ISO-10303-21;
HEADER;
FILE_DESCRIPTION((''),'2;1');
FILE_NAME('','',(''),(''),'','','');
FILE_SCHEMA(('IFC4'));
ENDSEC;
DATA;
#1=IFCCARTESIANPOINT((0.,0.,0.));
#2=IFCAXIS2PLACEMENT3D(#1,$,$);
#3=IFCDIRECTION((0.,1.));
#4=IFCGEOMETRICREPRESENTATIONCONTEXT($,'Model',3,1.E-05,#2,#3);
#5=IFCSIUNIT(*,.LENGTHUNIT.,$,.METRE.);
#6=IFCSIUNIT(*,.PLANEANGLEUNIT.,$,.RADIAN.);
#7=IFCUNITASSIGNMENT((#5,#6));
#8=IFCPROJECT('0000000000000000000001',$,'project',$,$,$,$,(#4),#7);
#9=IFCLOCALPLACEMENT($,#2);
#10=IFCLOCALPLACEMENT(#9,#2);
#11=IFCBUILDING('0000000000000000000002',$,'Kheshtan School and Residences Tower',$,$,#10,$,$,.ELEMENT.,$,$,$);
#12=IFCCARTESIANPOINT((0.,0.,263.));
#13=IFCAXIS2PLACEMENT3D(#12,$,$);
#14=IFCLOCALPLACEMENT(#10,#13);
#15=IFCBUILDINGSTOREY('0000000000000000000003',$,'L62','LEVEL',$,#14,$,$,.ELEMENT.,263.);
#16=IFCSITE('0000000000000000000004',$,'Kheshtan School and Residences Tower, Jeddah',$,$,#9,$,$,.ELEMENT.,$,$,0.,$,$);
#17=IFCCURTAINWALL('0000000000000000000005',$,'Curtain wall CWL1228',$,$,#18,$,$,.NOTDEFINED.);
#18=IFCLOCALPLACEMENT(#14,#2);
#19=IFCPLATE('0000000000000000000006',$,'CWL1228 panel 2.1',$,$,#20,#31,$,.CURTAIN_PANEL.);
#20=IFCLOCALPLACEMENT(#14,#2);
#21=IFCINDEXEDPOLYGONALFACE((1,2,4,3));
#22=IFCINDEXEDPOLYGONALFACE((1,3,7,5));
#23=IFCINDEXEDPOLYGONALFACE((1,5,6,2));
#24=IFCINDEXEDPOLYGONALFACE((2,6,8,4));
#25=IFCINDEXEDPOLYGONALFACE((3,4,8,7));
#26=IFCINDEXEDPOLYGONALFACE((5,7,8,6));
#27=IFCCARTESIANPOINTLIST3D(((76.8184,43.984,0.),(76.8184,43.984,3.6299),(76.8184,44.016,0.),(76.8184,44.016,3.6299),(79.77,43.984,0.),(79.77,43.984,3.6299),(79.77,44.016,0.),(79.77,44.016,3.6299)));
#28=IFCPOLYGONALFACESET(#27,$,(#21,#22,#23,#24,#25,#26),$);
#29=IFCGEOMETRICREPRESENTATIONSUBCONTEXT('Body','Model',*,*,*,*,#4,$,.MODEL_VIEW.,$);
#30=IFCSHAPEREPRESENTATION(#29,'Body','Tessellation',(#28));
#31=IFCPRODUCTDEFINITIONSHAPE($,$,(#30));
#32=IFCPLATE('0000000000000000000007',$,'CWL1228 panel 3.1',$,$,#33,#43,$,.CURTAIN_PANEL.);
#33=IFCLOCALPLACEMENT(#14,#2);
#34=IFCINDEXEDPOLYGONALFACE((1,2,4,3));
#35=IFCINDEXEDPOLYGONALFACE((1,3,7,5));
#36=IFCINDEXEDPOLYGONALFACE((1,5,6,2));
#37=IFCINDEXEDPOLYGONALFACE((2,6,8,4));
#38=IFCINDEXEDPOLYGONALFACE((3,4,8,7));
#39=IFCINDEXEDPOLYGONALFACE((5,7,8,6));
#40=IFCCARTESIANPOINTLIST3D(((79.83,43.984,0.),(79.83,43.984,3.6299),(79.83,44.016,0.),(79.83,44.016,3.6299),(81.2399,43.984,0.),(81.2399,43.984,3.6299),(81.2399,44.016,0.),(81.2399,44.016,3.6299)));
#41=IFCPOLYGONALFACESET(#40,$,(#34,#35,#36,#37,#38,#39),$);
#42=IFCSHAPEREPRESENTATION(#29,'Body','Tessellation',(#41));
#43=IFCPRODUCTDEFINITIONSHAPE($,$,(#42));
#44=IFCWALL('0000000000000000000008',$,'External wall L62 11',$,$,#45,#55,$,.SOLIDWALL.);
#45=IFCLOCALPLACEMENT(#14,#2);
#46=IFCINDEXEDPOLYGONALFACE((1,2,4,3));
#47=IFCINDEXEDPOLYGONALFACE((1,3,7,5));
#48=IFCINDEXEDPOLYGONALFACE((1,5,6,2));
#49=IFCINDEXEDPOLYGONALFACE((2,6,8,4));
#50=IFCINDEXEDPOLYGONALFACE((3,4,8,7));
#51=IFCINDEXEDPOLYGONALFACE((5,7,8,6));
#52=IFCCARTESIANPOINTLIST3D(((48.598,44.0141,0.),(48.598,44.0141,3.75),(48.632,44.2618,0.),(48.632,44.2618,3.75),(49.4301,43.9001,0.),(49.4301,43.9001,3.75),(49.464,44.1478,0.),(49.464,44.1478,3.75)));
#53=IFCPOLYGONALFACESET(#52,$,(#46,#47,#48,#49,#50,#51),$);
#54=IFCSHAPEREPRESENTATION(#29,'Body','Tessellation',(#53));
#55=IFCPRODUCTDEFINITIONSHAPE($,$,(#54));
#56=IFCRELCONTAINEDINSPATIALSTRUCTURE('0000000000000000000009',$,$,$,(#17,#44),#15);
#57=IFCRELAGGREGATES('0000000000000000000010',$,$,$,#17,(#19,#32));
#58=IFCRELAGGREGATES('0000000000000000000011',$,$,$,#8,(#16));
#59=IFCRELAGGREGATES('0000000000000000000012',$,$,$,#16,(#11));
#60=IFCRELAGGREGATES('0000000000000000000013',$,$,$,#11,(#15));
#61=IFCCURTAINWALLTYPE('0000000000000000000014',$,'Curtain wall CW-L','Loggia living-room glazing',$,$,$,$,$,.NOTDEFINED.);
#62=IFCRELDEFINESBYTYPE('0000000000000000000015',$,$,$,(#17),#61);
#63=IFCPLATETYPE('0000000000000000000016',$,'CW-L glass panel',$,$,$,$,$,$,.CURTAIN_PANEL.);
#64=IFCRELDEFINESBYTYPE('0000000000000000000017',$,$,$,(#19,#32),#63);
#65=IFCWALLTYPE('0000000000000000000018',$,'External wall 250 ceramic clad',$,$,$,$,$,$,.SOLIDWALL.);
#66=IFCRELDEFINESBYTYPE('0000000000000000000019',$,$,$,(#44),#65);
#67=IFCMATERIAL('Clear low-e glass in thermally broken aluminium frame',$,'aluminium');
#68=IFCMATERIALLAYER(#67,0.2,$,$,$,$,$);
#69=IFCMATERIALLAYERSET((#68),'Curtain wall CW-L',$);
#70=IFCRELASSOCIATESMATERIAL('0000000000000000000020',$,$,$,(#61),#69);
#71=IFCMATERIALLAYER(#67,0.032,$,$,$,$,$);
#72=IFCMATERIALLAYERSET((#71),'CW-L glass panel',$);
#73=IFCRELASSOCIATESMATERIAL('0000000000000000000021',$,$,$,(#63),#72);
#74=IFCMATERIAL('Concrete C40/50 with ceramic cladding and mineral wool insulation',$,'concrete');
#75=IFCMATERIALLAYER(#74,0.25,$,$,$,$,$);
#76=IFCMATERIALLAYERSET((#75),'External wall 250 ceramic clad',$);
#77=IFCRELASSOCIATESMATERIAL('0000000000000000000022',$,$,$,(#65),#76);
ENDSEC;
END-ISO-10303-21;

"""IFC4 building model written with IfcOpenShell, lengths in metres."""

from ifc_helpers import new_model, si_unit, direction, frame, frame_2d, origin, origin_2d, place, context, subcontext, project, spatial, rectangle, extrude, material, layer, layer_set, type_object, element, aggregate, save


model = new_model("IFC4")

# Units and contexts
model_context = context("Model", 3, precision=1e-05, world=origin(), true_north=direction((0.0, 1.0)))
body_context = subcontext(model_context, "Body", "Model", "MODEL_VIEW")
ifc_project = project(units=[si_unit("LENGTHUNIT", "METRE"), si_unit("PLANEANGLEUNIT", "RADIAN")], contexts=[model_context])

# Site, building, storey
site_placement = place(None, origin())
site = spatial("IfcSite", under=ifc_project, at=site_placement, Name="Kheshtan School and Residences Tower, Jeddah", CompositionType="ELEMENT", RefElevation=0.0)
building_placement = place(site_placement, origin())
building = spatial("IfcBuilding", under=site, at=building_placement, Name="Kheshtan School and Residences Tower", CompositionType="ELEMENT")
storey_placement = place(building_placement, frame((0.0, 0.0, 263.0)))
storey = spatial("IfcBuildingStorey", under=building, at=storey_placement, Name="L62", Description="LEVEL", CompositionType="ELEMENT", Elevation=263.0)

# Curtain wall
ifc_material_1 = material(Name="Clear low-e glass in thermally broken aluminium frame", Category="aluminium")
ifc_layer_1 = layer(ifc_material_1, 0.2)
ifc_layer_set_1 = layer_set([ifc_layer_1], Name="Curtain wall CW-L")
curtain_wall_type = type_object("IfcCurtainWallType", Name="Curtain wall CW-L", Description="Loggia living-room glazing", PredefinedType="NOTDEFINED", material=ifc_layer_set_1)
curtain_wall_placement = place(storey_placement, origin())
curtain_wall = element("IfcCurtainWall", 1, at=curtain_wall_placement, inside=storey, type_object=curtain_wall_type, Name="Curtain wall CWL1228", PredefinedType="NOTDEFINED")

# Plates
ifc_layer_2 = layer(ifc_material_1, 0.032)
ifc_layer_set_2 = layer_set([ifc_layer_2], Name="CW-L glass panel")
plate_type = type_object("IfcPlateType", Name="CW-L glass panel", PredefinedType="CURTAIN_PANEL", material=ifc_layer_set_2)
plate_1_placement = place(storey_placement, frame((78.2942, 44.0, 0.0), z_axis=(0.0, 0.0, 1.0), x_axis=(1.0, 0.0, 0.0)))
plate_1 = element("IfcPlate", 2, at=plate_1_placement, type_object=plate_type, Name="CWL1228 panel 2.1", PredefinedType="CURTAIN_PANEL", context=body_context, shape_type="SweptSolid", body=[
    extrude(rectangle(XDim=2.9517, YDim=0.032, at=origin_2d()), origin(), (0.0, 0.0, 1.0), 3.6299),
])
plate_2_placement = place(storey_placement, frame((80.5349, 44.0, 0.0), z_axis=(0.0, 0.0, 1.0), x_axis=(1.0, 0.0, 0.0)))
plate_2 = element("IfcPlate", 3, at=plate_2_placement, type_object=plate_type, Name="CWL1228 panel 3.1", PredefinedType="CURTAIN_PANEL", context=body_context, shape_type="SweptSolid", body=[
    extrude(rectangle(XDim=1.4099, YDim=0.032, at=origin_2d()), origin(), (0.0, 0.0, 1.0), 3.6299),
])
aggregate(curtain_wall, [plate_1, plate_2])

# Wall
ifc_material_2 = material(Name="Concrete C40/50 with ceramic cladding and mineral wool insulation", Category="concrete")
ifc_layer_3 = layer(ifc_material_2, 0.25)
ifc_layer_set_3 = layer_set([ifc_layer_3], Name="External wall 250 ceramic clad")
wall_type = type_object("IfcWallType", Name="External wall 250 ceramic clad", PredefinedType="SOLIDWALL", material=ifc_layer_set_3)
wall_placement = place(storey_placement, frame((48.615, 44.1379, 0.0), z_axis=(0.0, 0.0, 1.0), x_axis=(0.990742, -0.135762, 0.0)))
element("IfcWall", 4, at=wall_placement, inside=storey, type_object=wall_type, Name="External wall L62 11", PredefinedType="SOLIDWALL", context=body_context, shape_type="SweptSolid", body=[
    extrude(rectangle(XDim=0.8398, YDim=0.25, at=frame_2d((0.4199, 0.0))), origin(), (0.0, 0.0, 1.0), 3.75),
])

save(model, "model.ifc")
